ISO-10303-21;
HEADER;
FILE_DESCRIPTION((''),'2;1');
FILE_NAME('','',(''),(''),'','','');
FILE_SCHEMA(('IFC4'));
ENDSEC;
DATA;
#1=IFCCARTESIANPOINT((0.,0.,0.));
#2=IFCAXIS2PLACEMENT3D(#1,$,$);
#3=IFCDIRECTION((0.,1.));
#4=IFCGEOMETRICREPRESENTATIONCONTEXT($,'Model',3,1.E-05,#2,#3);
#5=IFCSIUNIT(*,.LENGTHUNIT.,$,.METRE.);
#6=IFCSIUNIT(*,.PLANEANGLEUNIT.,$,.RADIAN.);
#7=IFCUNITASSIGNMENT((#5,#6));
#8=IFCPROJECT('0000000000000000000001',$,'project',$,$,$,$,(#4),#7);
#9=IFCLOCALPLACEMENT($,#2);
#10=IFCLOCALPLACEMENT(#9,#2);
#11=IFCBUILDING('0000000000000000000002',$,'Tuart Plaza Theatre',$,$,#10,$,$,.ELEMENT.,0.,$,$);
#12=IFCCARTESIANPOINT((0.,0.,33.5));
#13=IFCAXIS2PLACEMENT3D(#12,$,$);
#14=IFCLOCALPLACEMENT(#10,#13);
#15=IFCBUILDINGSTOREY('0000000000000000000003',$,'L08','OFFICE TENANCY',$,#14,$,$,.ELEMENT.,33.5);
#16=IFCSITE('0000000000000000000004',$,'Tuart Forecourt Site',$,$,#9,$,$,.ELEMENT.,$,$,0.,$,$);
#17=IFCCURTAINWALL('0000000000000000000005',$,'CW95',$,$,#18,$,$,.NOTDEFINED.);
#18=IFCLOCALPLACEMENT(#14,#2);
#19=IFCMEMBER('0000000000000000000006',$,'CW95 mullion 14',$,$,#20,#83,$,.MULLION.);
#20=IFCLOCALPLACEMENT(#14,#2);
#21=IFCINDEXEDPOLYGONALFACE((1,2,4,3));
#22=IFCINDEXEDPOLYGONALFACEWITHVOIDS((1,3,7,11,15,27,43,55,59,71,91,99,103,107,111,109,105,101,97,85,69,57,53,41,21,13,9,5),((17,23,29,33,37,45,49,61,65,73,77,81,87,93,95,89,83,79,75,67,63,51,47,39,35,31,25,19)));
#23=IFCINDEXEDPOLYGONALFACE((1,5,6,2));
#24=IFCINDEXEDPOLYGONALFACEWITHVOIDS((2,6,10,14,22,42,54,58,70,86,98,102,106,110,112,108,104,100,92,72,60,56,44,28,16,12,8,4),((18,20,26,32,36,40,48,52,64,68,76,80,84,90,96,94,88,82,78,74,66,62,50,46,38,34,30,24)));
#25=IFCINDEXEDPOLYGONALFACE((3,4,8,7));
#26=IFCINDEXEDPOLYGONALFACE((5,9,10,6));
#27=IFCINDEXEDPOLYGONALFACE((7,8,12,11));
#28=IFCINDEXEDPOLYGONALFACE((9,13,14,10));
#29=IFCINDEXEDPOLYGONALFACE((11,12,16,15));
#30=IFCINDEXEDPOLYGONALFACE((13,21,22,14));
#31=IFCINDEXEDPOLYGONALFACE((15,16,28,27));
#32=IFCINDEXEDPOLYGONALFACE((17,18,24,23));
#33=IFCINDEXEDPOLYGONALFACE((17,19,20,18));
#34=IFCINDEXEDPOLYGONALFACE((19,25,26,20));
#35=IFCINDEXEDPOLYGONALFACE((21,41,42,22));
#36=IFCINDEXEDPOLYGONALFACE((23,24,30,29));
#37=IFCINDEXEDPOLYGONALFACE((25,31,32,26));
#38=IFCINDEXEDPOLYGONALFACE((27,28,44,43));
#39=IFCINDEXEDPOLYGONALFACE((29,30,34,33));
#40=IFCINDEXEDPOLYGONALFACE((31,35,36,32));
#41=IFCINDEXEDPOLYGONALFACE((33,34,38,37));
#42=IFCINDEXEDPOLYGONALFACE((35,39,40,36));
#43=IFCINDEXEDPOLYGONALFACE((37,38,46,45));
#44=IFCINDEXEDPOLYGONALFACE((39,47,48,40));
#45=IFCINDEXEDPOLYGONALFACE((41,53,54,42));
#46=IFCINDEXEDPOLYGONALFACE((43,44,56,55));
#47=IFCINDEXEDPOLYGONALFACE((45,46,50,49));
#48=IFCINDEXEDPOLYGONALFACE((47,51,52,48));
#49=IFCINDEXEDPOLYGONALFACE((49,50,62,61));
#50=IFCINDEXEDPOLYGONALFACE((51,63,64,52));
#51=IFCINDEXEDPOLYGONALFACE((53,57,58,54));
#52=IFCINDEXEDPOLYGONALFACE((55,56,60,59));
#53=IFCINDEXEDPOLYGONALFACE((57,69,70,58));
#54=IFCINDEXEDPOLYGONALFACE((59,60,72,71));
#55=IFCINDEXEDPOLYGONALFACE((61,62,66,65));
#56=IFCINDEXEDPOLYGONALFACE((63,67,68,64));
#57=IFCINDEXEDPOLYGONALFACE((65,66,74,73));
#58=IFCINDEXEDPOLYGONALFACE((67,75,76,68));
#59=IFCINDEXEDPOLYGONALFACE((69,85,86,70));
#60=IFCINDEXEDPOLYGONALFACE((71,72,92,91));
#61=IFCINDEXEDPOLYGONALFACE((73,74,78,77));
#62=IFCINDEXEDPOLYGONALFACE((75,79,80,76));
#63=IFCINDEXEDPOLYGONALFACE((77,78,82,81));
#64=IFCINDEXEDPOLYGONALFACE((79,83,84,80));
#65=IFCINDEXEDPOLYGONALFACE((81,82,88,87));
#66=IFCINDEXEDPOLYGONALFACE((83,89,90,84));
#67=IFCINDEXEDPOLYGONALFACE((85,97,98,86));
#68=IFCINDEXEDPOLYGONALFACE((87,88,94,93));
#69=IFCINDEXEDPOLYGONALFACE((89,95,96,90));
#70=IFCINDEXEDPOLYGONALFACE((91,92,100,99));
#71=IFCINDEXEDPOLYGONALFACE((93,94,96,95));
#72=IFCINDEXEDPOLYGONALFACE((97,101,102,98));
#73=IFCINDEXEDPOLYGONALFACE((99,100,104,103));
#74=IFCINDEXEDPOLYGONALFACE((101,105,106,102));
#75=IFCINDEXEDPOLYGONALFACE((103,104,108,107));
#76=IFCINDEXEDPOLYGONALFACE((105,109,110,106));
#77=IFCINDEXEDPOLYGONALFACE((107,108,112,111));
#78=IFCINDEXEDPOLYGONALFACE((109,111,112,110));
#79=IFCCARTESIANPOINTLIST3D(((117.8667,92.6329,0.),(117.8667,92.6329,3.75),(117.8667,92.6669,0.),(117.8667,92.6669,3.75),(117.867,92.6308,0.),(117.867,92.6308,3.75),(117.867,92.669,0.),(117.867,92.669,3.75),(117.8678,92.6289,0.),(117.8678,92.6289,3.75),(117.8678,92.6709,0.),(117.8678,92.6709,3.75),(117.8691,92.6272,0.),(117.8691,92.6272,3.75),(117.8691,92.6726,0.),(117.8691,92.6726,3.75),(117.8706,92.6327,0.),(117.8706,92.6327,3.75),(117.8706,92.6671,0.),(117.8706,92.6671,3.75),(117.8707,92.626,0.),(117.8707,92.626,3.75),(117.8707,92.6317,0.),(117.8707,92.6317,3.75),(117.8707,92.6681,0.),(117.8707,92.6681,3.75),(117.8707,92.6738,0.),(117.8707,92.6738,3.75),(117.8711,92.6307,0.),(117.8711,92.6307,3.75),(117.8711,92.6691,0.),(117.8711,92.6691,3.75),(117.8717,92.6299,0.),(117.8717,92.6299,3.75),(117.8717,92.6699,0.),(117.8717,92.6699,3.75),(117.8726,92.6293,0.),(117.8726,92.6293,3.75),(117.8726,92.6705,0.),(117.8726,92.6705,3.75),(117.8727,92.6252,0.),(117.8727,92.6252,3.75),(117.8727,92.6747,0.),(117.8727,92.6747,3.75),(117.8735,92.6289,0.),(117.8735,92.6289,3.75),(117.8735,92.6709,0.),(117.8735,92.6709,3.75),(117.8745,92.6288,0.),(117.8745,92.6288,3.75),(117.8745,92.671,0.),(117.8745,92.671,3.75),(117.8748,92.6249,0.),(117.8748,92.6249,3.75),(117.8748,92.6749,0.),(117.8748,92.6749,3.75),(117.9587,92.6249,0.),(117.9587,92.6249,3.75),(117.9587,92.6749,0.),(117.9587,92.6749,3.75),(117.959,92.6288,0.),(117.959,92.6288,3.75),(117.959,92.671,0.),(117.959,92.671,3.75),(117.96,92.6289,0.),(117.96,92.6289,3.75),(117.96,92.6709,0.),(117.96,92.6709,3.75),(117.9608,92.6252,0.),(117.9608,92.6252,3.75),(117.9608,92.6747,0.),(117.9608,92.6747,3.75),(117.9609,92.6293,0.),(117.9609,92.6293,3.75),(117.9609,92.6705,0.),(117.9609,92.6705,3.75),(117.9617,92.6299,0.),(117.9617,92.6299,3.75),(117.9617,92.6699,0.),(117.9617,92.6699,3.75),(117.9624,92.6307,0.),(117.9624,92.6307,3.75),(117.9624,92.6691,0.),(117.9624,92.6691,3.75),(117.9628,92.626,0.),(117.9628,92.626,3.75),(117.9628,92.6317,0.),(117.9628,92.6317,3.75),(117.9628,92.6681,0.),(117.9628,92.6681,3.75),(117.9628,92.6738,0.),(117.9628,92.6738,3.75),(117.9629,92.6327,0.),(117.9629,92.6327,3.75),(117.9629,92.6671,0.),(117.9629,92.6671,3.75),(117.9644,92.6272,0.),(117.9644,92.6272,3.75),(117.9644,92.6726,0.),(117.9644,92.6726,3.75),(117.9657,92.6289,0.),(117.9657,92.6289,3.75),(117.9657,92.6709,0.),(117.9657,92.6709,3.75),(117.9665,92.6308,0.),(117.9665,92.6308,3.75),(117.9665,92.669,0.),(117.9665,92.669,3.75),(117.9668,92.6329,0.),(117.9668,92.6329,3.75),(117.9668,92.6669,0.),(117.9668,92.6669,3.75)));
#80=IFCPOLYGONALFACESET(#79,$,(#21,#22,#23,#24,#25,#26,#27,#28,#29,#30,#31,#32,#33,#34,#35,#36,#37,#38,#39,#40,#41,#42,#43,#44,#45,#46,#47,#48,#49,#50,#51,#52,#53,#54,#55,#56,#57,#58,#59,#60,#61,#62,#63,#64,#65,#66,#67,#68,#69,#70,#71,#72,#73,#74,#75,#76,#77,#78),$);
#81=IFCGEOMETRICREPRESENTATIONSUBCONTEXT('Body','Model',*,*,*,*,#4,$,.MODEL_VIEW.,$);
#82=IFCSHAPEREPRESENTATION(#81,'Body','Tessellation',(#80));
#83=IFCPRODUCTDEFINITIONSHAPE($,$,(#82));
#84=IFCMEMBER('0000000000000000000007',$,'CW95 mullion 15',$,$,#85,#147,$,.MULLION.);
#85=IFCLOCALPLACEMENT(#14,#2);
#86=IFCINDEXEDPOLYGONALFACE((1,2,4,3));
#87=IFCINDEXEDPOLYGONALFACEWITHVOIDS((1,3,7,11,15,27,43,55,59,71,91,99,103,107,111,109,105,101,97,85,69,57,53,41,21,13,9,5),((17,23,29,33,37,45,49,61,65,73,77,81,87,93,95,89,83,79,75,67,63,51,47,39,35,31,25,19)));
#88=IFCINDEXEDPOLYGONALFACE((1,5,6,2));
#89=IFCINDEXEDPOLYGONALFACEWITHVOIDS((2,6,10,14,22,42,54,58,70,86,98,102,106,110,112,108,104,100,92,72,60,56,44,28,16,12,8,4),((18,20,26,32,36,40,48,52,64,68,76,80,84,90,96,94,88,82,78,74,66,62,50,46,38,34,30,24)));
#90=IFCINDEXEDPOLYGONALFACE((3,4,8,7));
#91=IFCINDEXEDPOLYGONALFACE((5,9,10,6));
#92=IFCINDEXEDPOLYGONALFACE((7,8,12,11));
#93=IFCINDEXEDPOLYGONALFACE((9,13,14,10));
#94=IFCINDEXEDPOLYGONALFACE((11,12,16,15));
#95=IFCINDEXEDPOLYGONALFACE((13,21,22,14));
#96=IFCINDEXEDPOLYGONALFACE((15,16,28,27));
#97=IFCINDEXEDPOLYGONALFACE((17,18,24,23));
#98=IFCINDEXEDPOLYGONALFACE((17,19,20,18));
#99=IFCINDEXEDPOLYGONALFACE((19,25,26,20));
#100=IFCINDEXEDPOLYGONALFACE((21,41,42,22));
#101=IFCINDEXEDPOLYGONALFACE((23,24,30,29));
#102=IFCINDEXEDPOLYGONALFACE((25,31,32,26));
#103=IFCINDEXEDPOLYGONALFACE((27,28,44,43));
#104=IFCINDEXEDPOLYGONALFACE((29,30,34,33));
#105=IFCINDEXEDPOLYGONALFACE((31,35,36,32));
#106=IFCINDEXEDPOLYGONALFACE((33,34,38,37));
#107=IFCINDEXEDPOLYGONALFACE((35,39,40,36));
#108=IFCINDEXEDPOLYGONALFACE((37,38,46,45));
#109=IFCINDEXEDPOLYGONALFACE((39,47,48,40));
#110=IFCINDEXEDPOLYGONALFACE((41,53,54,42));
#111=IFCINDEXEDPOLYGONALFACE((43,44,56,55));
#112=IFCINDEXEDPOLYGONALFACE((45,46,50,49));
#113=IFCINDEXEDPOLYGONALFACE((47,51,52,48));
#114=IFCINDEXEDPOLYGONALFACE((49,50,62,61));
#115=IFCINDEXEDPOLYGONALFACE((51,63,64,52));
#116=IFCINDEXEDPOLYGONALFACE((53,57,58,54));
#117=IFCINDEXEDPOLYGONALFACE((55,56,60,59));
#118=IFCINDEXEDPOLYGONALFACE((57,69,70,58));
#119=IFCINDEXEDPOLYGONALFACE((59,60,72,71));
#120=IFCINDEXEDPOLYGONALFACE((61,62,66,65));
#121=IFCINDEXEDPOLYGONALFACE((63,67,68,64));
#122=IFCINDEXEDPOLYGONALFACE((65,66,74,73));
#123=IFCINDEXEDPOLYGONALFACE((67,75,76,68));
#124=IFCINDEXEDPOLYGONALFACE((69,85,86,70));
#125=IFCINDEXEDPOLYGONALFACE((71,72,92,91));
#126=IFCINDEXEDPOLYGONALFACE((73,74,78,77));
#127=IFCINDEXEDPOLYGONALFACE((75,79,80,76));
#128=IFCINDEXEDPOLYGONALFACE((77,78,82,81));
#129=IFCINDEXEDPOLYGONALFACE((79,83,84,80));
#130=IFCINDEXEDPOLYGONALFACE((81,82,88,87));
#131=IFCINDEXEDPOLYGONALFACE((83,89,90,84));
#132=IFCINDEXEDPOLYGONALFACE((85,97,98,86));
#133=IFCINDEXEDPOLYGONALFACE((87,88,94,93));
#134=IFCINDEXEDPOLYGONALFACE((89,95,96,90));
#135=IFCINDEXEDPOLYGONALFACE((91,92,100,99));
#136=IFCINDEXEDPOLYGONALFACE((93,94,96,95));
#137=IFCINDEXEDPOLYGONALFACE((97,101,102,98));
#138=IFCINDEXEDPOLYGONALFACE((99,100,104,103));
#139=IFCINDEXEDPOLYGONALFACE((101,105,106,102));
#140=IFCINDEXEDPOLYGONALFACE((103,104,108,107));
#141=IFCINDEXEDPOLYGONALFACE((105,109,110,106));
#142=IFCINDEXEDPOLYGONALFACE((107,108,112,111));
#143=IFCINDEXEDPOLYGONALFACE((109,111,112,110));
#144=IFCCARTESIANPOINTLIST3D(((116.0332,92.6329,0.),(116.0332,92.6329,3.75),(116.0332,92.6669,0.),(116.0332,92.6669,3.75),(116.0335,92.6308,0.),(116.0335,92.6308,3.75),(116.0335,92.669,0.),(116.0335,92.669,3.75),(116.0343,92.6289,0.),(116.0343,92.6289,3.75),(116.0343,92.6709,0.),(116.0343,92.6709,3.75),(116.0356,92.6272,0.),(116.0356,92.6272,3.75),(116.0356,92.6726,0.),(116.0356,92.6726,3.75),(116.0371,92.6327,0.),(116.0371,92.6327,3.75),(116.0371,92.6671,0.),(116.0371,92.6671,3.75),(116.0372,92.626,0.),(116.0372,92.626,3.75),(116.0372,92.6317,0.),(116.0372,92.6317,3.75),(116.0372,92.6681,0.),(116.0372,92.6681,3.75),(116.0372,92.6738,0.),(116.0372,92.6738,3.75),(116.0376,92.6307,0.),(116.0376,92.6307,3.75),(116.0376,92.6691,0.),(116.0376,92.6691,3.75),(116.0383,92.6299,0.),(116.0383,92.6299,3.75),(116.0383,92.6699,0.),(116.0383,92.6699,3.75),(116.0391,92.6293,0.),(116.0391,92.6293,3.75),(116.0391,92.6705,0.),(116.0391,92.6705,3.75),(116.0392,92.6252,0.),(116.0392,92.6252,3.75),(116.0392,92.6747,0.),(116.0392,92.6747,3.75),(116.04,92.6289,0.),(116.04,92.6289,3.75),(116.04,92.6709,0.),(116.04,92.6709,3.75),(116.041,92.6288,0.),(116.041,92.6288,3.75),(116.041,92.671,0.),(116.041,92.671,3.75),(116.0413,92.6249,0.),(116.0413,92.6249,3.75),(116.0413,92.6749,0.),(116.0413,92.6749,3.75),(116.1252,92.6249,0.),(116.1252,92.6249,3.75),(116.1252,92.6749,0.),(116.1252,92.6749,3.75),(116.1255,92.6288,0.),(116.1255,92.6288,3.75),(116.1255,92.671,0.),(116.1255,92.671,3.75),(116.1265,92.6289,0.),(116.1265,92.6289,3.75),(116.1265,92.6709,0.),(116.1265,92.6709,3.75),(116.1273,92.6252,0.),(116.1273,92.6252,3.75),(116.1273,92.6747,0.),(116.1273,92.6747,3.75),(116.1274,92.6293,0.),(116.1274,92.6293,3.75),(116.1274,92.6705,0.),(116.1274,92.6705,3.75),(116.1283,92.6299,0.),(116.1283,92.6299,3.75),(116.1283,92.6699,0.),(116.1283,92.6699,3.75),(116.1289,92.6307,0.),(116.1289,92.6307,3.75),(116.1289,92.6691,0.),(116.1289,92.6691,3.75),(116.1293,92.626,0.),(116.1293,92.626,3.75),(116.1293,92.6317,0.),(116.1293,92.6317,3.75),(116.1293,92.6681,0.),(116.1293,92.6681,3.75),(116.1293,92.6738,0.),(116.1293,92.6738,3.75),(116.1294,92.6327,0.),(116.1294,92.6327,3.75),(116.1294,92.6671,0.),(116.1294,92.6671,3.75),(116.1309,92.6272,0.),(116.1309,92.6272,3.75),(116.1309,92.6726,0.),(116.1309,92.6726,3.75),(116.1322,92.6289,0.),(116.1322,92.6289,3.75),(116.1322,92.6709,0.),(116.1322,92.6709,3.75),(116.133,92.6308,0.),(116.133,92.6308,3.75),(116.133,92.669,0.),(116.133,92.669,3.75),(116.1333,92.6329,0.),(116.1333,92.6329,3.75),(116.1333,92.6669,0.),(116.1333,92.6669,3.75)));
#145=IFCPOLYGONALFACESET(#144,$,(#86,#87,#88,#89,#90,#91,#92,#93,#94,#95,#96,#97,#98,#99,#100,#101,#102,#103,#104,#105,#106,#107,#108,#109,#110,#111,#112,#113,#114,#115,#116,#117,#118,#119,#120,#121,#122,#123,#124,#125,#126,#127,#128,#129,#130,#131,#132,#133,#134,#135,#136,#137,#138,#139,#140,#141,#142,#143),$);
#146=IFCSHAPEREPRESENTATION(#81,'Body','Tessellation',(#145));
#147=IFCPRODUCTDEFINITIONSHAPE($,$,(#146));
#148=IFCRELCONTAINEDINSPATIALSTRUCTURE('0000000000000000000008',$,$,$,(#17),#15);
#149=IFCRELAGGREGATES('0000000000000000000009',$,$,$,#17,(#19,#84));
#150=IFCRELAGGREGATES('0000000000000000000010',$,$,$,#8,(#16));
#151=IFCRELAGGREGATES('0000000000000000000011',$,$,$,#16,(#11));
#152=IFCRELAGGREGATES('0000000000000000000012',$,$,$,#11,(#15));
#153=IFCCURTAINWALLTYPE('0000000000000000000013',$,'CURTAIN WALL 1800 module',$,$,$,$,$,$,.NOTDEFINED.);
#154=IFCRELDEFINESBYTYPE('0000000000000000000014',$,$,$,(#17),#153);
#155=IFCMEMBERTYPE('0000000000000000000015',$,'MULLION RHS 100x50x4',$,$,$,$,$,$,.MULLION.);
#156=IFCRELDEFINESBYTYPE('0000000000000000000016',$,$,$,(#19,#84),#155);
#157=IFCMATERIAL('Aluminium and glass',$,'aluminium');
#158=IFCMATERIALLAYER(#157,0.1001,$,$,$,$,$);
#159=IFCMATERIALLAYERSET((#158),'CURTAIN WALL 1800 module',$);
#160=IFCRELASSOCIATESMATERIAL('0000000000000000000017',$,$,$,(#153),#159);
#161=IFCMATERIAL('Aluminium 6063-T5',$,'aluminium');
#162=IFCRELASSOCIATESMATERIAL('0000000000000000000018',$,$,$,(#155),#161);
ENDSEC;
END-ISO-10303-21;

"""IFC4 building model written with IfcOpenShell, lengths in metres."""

from ifc_helpers import new_model, si_unit, direction, frame, origin, origin_2d, place, context, subcontext, project, spatial, hollow_rectangle, extrude, material, layer, layer_set, material_profile, profile_set, type_object, element, aggregate, save


model = new_model("IFC4")

# Units and contexts
model_context = context("Model", 3, precision=1e-05, world=origin(), true_north=direction((0.0, 1.0)))
body_context = subcontext(model_context, "Body", "Model", "MODEL_VIEW")
ifc_project = project(units=[si_unit("LENGTHUNIT", "METRE"), si_unit("PLANEANGLEUNIT", "RADIAN")], contexts=[model_context])

# Site, building, storey
site_placement = place(None, origin())
site = spatial("IfcSite", under=ifc_project, at=site_placement, Name="Tuart Forecourt Site", CompositionType="ELEMENT", RefElevation=0.0)
building_placement = place(site_placement, origin())
building = spatial("IfcBuilding", under=site, at=building_placement, Name="Tuart Plaza Theatre", CompositionType="ELEMENT", ElevationOfRefHeight=0.0)
storey_placement = place(building_placement, frame((0.0, 0.0, 33.5)))
storey = spatial("IfcBuildingStorey", under=building, at=storey_placement, Name="L08", Description="OFFICE TENANCY", CompositionType="ELEMENT", Elevation=33.5)

# Curtain wall, members
ifc_material_1 = material(Name="Aluminium and glass", Category="aluminium")
ifc_layer_1 = layer(ifc_material_1, 0.1001)
ifc_layer_set_1 = layer_set([ifc_layer_1], Name="CURTAIN WALL 1800 module")
curtain_wall_type = type_object("IfcCurtainWallType", Name="CURTAIN WALL 1800 module", PredefinedType="NOTDEFINED", material=ifc_layer_set_1)
curtain_wall_placement = place(storey_placement, origin())
curtain_wall = element("IfcCurtainWall", 1, at=curtain_wall_placement, inside=storey, type_object=curtain_wall_type, Name="CW95", PredefinedType="NOTDEFINED")
ifc_material_2 = material(Name="Aluminium 6063-T5", Category="aluminium")
ifc_material_profile_1 = material_profile(ifc_material_2, hollow_rectangle(XDim=0.05, YDim=0.1001, WallThickness=0.0039, InnerFilletRadius=0.0039, OuterFilletRadius=0.0081, at=origin_2d()), Name="RHS 100x50x4")
ifc_profile_set_1 = profile_set([ifc_material_profile_1], Name="Aluminium 6063-T5")
member_type_1 = type_object("IfcMemberType", Name="MULLION RHS 100x50x4", PredefinedType="MULLION", material=ifc_profile_set_1)
member_1_placement = place(storey_placement, frame((117.9167, 92.6499, 0.0), z_axis=(0.0, 0.0, 1.0), x_axis=(0.0, -1.0, 0.0)))
member_1 = element("IfcMember", 2, at=member_1_placement, type_object=member_type_1, Name="CW95 mullion 14", PredefinedType="MULLION", context=body_context, shape_type="SweptSolid", body=[
    extrude(hollow_rectangle(XDim=0.05, YDim=0.1001, WallThickness=0.0039, InnerFilletRadius=0.0039, OuterFilletRadius=0.0081, at=origin_2d()), origin(), (0.0, 0.0, 1.0), 3.75),
])
member_2_placement = place(storey_placement, frame((116.0833, 92.6499, 0.0), z_axis=(0.0, 0.0, 1.0), x_axis=(0.0, -1.0, 0.0)))
member_2 = element("IfcMember", 3, at=member_2_placement, type_object=member_type_1, Name="CW95 mullion 15", PredefinedType="MULLION", context=body_context, shape_type="SweptSolid", body=[
    extrude(hollow_rectangle(XDim=0.05, YDim=0.1001, WallThickness=0.0039, InnerFilletRadius=0.0039, OuterFilletRadius=0.0081, at=origin_2d()), origin(), (0.0, 0.0, 1.0), 3.75),
])
aggregate(curtain_wall, [member_1, member_2])

save(model, "model.ifc")
